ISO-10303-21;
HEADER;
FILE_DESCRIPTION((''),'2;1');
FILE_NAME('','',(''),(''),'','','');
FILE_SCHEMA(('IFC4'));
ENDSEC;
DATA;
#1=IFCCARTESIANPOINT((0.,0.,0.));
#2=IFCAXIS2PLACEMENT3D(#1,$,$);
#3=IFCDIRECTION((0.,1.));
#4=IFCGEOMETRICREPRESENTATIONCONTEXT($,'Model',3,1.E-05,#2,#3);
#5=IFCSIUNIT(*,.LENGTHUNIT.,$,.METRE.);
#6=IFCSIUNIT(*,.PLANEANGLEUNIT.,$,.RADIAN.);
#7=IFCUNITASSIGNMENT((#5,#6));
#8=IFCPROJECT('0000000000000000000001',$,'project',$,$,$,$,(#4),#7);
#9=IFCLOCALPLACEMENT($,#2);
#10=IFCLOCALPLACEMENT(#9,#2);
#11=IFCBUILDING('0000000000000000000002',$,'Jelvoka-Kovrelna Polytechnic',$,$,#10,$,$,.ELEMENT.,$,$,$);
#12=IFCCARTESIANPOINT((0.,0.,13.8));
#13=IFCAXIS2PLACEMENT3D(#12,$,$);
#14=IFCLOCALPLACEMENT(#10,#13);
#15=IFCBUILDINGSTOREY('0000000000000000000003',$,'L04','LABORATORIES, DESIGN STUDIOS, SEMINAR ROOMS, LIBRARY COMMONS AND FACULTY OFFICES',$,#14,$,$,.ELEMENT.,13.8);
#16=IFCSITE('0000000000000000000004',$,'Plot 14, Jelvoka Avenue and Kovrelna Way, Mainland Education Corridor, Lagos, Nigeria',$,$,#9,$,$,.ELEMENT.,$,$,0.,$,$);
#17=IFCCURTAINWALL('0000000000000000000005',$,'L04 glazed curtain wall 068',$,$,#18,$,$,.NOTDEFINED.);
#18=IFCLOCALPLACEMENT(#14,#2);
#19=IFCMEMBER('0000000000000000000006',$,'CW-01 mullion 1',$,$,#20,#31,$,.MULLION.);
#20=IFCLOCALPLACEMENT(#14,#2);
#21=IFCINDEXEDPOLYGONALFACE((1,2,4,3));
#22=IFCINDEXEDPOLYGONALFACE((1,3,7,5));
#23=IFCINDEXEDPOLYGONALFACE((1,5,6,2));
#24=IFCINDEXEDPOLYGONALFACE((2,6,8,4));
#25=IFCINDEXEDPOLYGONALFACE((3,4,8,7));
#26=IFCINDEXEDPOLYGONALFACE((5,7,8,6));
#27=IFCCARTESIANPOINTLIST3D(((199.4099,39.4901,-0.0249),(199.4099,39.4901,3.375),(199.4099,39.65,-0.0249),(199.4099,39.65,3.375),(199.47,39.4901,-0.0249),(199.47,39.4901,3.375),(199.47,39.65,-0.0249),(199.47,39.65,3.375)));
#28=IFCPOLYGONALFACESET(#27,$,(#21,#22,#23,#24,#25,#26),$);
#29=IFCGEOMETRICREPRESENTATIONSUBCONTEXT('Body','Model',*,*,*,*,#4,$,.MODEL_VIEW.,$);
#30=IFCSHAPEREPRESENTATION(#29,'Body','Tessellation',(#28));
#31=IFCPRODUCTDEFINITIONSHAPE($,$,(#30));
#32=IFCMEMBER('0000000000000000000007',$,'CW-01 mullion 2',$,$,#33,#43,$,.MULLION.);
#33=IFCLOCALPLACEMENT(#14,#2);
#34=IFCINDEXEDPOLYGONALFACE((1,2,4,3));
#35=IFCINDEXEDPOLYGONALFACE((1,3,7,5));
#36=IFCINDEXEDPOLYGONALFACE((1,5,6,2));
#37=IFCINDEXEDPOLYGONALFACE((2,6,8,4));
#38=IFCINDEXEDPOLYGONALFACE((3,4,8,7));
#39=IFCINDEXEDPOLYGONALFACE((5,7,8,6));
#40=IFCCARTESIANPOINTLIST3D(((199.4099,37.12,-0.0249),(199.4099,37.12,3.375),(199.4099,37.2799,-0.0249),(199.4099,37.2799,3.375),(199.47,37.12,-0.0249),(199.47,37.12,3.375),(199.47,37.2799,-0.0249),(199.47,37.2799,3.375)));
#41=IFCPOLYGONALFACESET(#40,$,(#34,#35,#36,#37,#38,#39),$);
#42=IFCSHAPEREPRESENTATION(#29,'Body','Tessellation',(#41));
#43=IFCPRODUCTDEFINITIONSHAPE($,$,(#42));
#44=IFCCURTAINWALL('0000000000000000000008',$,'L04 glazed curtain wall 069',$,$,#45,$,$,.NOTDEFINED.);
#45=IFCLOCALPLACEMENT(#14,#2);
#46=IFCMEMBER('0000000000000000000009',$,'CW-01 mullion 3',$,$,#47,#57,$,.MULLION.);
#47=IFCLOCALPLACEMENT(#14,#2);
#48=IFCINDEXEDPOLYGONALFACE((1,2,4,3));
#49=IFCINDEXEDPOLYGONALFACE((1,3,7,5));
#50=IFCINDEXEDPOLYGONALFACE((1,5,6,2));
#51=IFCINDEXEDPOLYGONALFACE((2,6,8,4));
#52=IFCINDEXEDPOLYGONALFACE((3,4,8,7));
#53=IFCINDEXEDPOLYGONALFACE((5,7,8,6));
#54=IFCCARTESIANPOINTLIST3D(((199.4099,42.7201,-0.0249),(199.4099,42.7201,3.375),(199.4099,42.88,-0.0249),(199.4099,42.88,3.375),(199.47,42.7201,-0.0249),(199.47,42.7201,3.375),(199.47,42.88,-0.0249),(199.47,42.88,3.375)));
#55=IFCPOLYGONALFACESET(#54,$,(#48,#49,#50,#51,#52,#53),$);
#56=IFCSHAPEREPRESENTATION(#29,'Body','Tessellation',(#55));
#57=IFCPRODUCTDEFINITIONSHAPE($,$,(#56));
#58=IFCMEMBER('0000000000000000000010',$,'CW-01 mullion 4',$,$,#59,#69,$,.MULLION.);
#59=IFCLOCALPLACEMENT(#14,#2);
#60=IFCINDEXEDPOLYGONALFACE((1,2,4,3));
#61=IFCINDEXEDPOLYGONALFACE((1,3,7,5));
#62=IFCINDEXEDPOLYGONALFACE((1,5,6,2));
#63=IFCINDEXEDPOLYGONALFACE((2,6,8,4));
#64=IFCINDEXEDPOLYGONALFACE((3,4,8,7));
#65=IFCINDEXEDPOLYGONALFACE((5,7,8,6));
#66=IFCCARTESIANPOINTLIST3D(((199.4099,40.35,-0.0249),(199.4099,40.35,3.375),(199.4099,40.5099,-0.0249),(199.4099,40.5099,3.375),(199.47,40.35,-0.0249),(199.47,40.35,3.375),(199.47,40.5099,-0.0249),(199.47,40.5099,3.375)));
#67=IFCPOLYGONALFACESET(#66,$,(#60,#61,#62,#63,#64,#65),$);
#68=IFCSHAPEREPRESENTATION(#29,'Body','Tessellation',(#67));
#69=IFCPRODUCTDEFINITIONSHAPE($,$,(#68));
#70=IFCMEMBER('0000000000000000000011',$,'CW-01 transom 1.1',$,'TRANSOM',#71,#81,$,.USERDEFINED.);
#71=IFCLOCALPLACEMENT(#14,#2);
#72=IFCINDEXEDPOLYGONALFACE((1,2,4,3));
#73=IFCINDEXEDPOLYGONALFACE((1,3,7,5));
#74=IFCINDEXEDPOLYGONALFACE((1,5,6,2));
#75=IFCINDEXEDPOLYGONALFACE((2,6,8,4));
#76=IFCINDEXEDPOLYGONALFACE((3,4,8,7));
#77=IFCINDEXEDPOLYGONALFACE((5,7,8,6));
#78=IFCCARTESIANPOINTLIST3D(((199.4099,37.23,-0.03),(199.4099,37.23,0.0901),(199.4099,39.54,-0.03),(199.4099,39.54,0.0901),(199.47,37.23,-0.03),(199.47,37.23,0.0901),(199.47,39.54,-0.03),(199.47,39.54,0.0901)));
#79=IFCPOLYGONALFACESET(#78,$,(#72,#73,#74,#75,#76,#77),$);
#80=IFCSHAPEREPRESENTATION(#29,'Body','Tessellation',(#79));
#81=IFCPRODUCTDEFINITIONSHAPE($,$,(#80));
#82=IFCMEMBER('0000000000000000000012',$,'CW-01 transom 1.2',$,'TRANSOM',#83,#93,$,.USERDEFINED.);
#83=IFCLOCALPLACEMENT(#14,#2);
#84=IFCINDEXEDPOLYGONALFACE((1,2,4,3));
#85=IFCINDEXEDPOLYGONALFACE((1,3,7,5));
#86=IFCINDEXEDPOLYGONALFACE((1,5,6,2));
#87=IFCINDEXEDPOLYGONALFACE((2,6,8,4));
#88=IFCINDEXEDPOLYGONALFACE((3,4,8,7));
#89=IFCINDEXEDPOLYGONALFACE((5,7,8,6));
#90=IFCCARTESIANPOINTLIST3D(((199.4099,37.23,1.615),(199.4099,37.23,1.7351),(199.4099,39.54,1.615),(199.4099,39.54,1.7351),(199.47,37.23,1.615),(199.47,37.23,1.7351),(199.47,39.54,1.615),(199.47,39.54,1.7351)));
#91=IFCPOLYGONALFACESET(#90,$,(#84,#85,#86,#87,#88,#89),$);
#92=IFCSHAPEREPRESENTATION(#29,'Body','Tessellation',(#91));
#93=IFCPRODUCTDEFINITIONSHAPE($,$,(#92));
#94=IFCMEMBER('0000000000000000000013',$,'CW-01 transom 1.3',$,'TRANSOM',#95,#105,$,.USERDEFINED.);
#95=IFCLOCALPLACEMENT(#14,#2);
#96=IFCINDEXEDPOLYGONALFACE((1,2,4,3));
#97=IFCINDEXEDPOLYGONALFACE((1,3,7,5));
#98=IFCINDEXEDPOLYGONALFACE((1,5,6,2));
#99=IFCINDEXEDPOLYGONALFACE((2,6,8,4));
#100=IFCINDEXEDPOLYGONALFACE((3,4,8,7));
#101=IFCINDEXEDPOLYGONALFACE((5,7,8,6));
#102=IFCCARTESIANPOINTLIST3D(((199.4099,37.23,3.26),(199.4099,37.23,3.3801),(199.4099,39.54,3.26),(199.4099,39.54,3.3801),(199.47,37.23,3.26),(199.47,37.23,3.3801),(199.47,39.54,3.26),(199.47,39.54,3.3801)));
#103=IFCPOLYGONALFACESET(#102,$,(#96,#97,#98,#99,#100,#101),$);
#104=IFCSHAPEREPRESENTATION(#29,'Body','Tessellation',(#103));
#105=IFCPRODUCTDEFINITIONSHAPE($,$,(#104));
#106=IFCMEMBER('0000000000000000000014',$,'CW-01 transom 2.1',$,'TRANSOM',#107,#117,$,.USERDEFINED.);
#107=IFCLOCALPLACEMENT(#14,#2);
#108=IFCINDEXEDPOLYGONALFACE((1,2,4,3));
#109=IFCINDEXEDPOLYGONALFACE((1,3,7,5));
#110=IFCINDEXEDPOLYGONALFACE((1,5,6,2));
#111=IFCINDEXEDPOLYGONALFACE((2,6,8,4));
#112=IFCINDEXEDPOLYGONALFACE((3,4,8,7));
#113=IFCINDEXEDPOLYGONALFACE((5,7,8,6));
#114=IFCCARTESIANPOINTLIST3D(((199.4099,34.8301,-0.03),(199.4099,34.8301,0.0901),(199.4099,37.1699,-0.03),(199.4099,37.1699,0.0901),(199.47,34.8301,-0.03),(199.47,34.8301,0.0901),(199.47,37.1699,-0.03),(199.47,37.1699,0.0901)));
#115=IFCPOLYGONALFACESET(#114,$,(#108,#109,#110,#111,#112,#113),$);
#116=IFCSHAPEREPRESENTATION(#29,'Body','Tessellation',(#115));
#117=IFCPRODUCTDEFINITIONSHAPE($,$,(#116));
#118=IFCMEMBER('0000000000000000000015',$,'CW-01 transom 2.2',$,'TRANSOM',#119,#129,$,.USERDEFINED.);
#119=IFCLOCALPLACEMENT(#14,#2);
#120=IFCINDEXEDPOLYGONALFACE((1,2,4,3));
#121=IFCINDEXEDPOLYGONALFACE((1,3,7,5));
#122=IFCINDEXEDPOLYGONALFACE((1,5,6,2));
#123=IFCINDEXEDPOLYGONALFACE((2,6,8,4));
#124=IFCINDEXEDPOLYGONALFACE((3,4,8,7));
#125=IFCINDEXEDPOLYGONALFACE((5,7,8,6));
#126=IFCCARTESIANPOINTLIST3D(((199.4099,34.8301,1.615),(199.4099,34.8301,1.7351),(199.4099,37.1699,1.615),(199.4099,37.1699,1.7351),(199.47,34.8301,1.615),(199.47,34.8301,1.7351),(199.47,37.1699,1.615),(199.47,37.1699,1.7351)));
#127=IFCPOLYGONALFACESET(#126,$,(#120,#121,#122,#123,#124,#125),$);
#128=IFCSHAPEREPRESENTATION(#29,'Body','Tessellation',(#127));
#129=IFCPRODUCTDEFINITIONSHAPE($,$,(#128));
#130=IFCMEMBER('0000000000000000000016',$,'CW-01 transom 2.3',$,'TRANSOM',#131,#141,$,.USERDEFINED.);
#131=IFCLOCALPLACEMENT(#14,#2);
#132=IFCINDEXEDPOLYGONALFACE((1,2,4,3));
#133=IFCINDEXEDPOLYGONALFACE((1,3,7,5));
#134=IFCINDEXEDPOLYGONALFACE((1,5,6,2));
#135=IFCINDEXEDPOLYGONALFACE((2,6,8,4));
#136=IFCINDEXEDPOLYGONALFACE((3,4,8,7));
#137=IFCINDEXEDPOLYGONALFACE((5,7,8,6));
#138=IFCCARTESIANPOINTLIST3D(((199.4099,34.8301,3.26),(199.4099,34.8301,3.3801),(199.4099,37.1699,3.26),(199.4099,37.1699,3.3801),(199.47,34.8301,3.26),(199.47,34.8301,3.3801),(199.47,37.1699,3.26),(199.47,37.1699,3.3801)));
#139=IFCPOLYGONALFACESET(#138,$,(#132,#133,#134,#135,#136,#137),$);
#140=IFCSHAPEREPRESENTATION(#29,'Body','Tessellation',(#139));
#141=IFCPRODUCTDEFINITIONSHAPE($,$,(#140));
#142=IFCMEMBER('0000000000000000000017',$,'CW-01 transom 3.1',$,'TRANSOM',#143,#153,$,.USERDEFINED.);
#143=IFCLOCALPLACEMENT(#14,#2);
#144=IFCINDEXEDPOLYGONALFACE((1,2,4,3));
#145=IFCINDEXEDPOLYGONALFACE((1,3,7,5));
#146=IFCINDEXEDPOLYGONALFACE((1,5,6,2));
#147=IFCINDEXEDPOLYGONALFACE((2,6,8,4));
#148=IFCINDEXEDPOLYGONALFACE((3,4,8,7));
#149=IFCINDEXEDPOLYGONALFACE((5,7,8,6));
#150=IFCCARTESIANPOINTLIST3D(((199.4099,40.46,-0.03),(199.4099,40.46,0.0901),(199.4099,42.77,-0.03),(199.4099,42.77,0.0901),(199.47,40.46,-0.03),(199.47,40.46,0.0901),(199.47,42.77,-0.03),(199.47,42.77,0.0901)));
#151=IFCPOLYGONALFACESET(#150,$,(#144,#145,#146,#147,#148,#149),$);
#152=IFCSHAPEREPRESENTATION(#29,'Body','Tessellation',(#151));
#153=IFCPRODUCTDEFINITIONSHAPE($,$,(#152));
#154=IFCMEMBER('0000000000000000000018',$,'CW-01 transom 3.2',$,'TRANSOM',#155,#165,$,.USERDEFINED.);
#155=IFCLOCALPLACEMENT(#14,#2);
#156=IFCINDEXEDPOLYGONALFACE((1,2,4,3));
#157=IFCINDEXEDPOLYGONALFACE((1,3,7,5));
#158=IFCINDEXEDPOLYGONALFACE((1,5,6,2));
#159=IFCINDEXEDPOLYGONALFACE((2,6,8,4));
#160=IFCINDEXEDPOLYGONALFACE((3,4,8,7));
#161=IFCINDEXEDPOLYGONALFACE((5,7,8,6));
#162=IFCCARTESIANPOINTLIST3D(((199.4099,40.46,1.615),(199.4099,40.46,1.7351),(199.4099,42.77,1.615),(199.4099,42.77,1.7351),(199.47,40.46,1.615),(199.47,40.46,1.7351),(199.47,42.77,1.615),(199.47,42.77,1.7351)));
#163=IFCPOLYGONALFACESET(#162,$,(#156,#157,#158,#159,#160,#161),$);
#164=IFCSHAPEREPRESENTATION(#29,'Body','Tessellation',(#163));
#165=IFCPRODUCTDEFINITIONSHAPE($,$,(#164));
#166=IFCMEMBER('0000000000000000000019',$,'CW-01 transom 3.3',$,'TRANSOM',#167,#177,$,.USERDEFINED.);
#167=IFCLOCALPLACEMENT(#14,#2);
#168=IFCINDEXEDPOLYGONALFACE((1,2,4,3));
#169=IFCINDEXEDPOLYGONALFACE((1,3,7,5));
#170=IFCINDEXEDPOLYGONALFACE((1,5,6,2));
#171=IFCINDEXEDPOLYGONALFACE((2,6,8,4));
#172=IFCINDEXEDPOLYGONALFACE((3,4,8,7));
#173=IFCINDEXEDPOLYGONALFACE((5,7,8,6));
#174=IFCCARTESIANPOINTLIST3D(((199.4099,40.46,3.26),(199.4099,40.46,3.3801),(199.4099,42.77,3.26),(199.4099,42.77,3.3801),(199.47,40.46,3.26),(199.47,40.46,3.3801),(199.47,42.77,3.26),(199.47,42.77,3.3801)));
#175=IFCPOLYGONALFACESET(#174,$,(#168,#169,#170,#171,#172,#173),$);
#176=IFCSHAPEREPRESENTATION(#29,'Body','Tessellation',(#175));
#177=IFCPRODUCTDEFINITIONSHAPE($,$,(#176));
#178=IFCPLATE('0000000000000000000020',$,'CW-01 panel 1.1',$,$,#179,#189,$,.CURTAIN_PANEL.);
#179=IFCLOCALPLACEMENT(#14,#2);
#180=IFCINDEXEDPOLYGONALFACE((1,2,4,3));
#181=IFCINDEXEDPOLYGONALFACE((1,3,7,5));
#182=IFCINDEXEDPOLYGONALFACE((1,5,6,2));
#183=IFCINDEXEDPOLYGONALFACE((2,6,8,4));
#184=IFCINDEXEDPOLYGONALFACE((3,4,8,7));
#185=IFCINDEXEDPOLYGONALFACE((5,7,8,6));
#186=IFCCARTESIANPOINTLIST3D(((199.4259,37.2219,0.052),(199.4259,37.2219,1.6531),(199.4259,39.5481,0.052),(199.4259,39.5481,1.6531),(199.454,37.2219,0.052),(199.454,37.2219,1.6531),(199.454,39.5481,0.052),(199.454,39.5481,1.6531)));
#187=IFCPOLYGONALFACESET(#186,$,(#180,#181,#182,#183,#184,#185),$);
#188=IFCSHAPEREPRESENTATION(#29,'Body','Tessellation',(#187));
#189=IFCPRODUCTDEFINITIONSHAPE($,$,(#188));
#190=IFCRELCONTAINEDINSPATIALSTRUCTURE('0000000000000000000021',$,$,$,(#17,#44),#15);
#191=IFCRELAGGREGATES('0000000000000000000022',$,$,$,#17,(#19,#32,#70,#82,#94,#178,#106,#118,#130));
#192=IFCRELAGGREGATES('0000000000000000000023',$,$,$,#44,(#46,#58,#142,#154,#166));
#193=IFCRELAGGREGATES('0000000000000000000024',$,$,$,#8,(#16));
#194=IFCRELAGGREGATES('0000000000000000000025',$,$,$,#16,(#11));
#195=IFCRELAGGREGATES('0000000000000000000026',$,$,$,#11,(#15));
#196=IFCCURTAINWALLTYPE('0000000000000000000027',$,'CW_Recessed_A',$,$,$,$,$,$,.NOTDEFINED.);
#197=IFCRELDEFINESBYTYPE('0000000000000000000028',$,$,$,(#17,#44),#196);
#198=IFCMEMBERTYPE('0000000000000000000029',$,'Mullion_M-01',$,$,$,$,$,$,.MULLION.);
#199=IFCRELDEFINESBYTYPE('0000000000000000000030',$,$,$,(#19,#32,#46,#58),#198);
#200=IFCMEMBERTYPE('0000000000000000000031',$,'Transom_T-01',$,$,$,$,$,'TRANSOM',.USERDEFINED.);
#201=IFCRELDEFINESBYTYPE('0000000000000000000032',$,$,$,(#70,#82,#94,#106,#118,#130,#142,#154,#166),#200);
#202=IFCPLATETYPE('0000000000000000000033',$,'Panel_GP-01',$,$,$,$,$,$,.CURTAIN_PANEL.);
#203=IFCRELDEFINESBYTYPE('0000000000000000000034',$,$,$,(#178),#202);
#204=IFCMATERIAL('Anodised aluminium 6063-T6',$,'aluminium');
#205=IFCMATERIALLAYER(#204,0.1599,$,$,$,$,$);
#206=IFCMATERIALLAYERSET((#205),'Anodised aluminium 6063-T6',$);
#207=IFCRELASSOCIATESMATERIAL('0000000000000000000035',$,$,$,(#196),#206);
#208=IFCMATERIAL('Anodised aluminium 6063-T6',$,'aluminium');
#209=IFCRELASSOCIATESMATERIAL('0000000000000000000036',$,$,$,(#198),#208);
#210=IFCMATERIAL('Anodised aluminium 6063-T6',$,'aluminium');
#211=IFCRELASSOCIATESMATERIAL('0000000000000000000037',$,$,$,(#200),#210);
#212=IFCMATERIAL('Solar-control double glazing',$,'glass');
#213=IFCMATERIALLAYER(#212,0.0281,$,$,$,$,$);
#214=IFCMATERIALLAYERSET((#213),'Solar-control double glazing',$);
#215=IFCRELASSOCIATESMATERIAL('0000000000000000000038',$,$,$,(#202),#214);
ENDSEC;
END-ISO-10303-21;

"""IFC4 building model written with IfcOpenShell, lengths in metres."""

from ifc_helpers import new_model, si_unit, direction, frame, origin, origin_2d, place, context, subcontext, project, spatial, rectangle, extrude, material, layer, layer_set, material_profile, profile_set, type_object, element, aggregate, save


model = new_model("IFC4")

# Units and contexts
model_context = context("Model", 3, precision=1e-05, world=origin(), true_north=direction((0.0, 1.0)))
body_context = subcontext(model_context, "Body", "Model", "MODEL_VIEW")
ifc_project = project(units=[si_unit("LENGTHUNIT", "METRE"), si_unit("PLANEANGLEUNIT", "RADIAN")], contexts=[model_context])

# Site, building, storey
site_placement = place(None, origin())
site = spatial("IfcSite", under=ifc_project, at=site_placement, Name="Plot 14, Jelvoka Avenue and Kovrelna Way, Mainland Education Corridor, Lagos, Nigeria", CompositionType="ELEMENT", RefElevation=0.0)
building_placement = place(site_placement, origin())
building = spatial("IfcBuilding", under=site, at=building_placement, Name="Jelvoka-Kovrelna Polytechnic", CompositionType="ELEMENT")
storey_placement = place(building_placement, frame((0.0, 0.0, 13.8)))
storey = spatial("IfcBuildingStorey", under=building, at=storey_placement, Name="L04", Description="LABORATORIES, DESIGN STUDIOS, SEMINAR ROOMS, LIBRARY COMMONS AND FACULTY OFFICES", CompositionType="ELEMENT", Elevation=13.8)

# Curtain walls, members
ifc_material_1 = material(Name="Anodised aluminium 6063-T6", Category="aluminium")
ifc_layer_1 = layer(ifc_material_1, 0.1599)
ifc_layer_set_1 = layer_set([ifc_layer_1], Name="Anodised aluminium 6063-T6")
curtain_wall_type = type_object("IfcCurtainWallType", Name="CW_Recessed_A", PredefinedType="NOTDEFINED", material=ifc_layer_set_1)
curtain_wall_1_placement = place(storey_placement, origin())
curtain_wall_1 = element("IfcCurtainWall", 1, at=curtain_wall_1_placement, inside=storey, type_object=curtain_wall_type, Name="L04 glazed curtain wall 068", PredefinedType="NOTDEFINED")
ifc_material_2 = material(Name="Anodised aluminium 6063-T6", Category="aluminium")
ifc_material_profile_1 = material_profile(ifc_material_2, rectangle(XDim=0.0601, YDim=0.1599, at=origin_2d()), Name="ALU 60x160")
ifc_profile_set_1 = profile_set([ifc_material_profile_1], Name="Anodised aluminium 6063-T6")
member_type_1 = type_object("IfcMemberType", Name="Mullion_M-01", PredefinedType="MULLION", material=ifc_profile_set_1)
member_1_placement = place(storey_placement, frame((199.4399, 39.5701, -0.0249), z_axis=(0.0, 0.0, 1.0), x_axis=(1.0, 0.0, 0.0)))
member_1 = element("IfcMember", 2, at=member_1_placement, type_object=member_type_1, Name="CW-01 mullion 1", PredefinedType="MULLION", context=body_context, shape_type="SweptSolid", body=[
    extrude(rectangle(XDim=0.0601, YDim=0.1599, at=origin_2d()), origin(), (0.0, 0.0, 1.0), 3.3999),
])
member_2_placement = place(storey_placement, frame((199.4399, 37.2, -0.0249), z_axis=(0.0, 0.0, 1.0), x_axis=(1.0, 0.0, 0.0)))
member_2 = element("IfcMember", 3, at=member_2_placement, type_object=member_type_1, Name="CW-01 mullion 2", PredefinedType="MULLION", context=body_context, shape_type="SweptSolid", body=[
    extrude(rectangle(XDim=0.0601, YDim=0.1599, at=origin_2d()), origin(), (0.0, 0.0, 1.0), 3.3999),
])
curtain_wall_2_placement = place(storey_placement, origin())
curtain_wall_2 = element("IfcCurtainWall", 4, at=curtain_wall_2_placement, inside=storey, type_object=curtain_wall_type, Name="L04 glazed curtain wall 069", PredefinedType="NOTDEFINED")
member_3_placement = place(storey_placement, frame((199.4399, 42.8, -0.0249), z_axis=(0.0, 0.0, 1.0), x_axis=(1.0, 0.0, 0.0)))
member_3 = element("IfcMember", 5, at=member_3_placement, type_object=member_type_1, Name="CW-01 mullion 3", PredefinedType="MULLION", context=body_context, shape_type="SweptSolid", body=[
    extrude(rectangle(XDim=0.0601, YDim=0.1599, at=origin_2d()), origin(), (0.0, 0.0, 1.0), 3.3999),
])
member_4_placement = place(storey_placement, frame((199.4399, 40.4299, -0.0249), z_axis=(0.0, 0.0, 1.0), x_axis=(1.0, 0.0, 0.0)))
member_4 = element("IfcMember", 6, at=member_4_placement, type_object=member_type_1, Name="CW-01 mullion 4", PredefinedType="MULLION", context=body_context, shape_type="SweptSolid", body=[
    extrude(rectangle(XDim=0.0601, YDim=0.1599, at=origin_2d()), origin(), (0.0, 0.0, 1.0), 3.3999),
])

# Members
ifc_material_3 = material(Name="Anodised aluminium 6063-T6", Category="aluminium")
ifc_material_profile_2 = material_profile(ifc_material_3, rectangle(XDim=0.0601, YDim=0.1201, at=origin_2d()), Name="ALU 60x120")
ifc_profile_set_2 = profile_set([ifc_material_profile_2], Name="Anodised aluminium 6063-T6")
member_type_2 = type_object("IfcMemberType", Name="Transom_T-01", ElementType="TRANSOM", PredefinedType="USERDEFINED", material=ifc_profile_set_2)
member_5_placement = place(storey_placement, frame((199.4399, 39.54, 0.03), z_axis=(0.0, -1.0, 0.0), x_axis=(1.0, 0.0, 0.0)))
member_5 = element("IfcMember", 7, at=member_5_placement, type_object=member_type_2, Name="CW-01 transom 1.1", ObjectType="TRANSOM", PredefinedType="USERDEFINED", context=body_context, shape_type="SweptSolid", body=[
    extrude(rectangle(XDim=0.0601, YDim=0.1201, at=origin_2d()), origin(), (0.0, 0.0, 1.0), 2.3101),
])
member_6_placement = place(storey_placement, frame((199.4399, 39.54, 1.675), z_axis=(0.0, -1.0, 0.0), x_axis=(1.0, 0.0, 0.0)))
member_6 = element("IfcMember", 8, at=member_6_placement, type_object=member_type_2, Name="CW-01 transom 1.2", ObjectType="TRANSOM", PredefinedType="USERDEFINED", context=body_context, shape_type="SweptSolid", body=[
    extrude(rectangle(XDim=0.0601, YDim=0.1201, at=origin_2d()), origin(), (0.0, 0.0, 1.0), 2.3101),
])
member_7_placement = place(storey_placement, frame((199.4399, 39.54, 3.3201), z_axis=(0.0, -1.0, 0.0), x_axis=(1.0, 0.0, 0.0)))
member_7 = element("IfcMember", 9, at=member_7_placement, type_object=member_type_2, Name="CW-01 transom 1.3", ObjectType="TRANSOM", PredefinedType="USERDEFINED", context=body_context, shape_type="SweptSolid", body=[
    extrude(rectangle(XDim=0.0601, YDim=0.1201, at=origin_2d()), origin(), (0.0, 0.0, 1.0), 2.3101),
])
member_8_placement = place(storey_placement, frame((199.4399, 37.1699, 0.03), z_axis=(0.0, -1.0, 0.0), x_axis=(1.0, 0.0, 0.0)))
member_8 = element("IfcMember", 10, at=member_8_placement, type_object=member_type_2, Name="CW-01 transom 2.1", ObjectType="TRANSOM", PredefinedType="USERDEFINED", context=body_context, shape_type="SweptSolid", body=[
    extrude(rectangle(XDim=0.0601, YDim=0.1201, at=origin_2d()), origin(), (0.0, 0.0, 1.0), 2.3398),
])
member_9_placement = place(storey_placement, frame((199.4399, 37.1699, 1.675), z_axis=(0.0, -1.0, 0.0), x_axis=(1.0, 0.0, 0.0)))
member_9 = element("IfcMember", 11, at=member_9_placement, type_object=member_type_2, Name="CW-01 transom 2.2", ObjectType="TRANSOM", PredefinedType="USERDEFINED", context=body_context, shape_type="SweptSolid", body=[
    extrude(rectangle(XDim=0.0601, YDim=0.1201, at=origin_2d()), origin(), (0.0, 0.0, 1.0), 2.3398),
])
member_10_placement = place(storey_placement, frame((199.4399, 37.1699, 3.3201), z_axis=(0.0, -1.0, 0.0), x_axis=(1.0, 0.0, 0.0)))
member_10 = element("IfcMember", 12, at=member_10_placement, type_object=member_type_2, Name="CW-01 transom 2.3", ObjectType="TRANSOM", PredefinedType="USERDEFINED", context=body_context, shape_type="SweptSolid", body=[
    extrude(rectangle(XDim=0.0601, YDim=0.1201, at=origin_2d()), origin(), (0.0, 0.0, 1.0), 2.3398),
])
member_11_placement = place(storey_placement, frame((199.4399, 42.77, 0.03), z_axis=(0.0, -1.0, 0.0), x_axis=(1.0, 0.0, 0.0)))
member_11 = element("IfcMember", 13, at=member_11_placement, type_object=member_type_2, Name="CW-01 transom 3.1", ObjectType="TRANSOM", PredefinedType="USERDEFINED", context=body_context, shape_type="SweptSolid", body=[
    extrude(rectangle(XDim=0.0601, YDim=0.1201, at=origin_2d()), origin(), (0.0, 0.0, 1.0), 2.3101),
])
member_12_placement = place(storey_placement, frame((199.4399, 42.77, 1.675), z_axis=(0.0, -1.0, 0.0), x_axis=(1.0, 0.0, 0.0)))
member_12 = element("IfcMember", 14, at=member_12_placement, type_object=member_type_2, Name="CW-01 transom 3.2", ObjectType="TRANSOM", PredefinedType="USERDEFINED", context=body_context, shape_type="SweptSolid", body=[
    extrude(rectangle(XDim=0.0601, YDim=0.1201, at=origin_2d()), origin(), (0.0, 0.0, 1.0), 2.3101),
])
member_13_placement = place(storey_placement, frame((199.4399, 42.77, 3.3201), z_axis=(0.0, -1.0, 0.0), x_axis=(1.0, 0.0, 0.0)))
member_13 = element("IfcMember", 15, at=member_13_placement, type_object=member_type_2, Name="CW-01 transom 3.3", ObjectType="TRANSOM", PredefinedType="USERDEFINED", context=body_context, shape_type="SweptSolid", body=[
    extrude(rectangle(XDim=0.0601, YDim=0.1201, at=origin_2d()), origin(), (0.0, 0.0, 1.0), 2.3101),
])

# Plate
ifc_material_4 = material(Name="Solar-control double glazing", Category="glass")
ifc_layer_2 = layer(ifc_material_4, 0.0281)
ifc_layer_set_2 = layer_set([ifc_layer_2], Name="Solar-control double glazing")
plate_type = type_object("IfcPlateType", Name="Panel_GP-01", PredefinedType="CURTAIN_PANEL", material=ifc_layer_set_2)
plate_1_placement = place(storey_placement, frame((199.4399, 38.385, 0.052), z_axis=(0.0, 0.0, 1.0), x_axis=(0.0, -1.0, 0.0)))
plate_1 = element("IfcPlate", 16, at=plate_1_placement, type_object=plate_type, Name="CW-01 panel 1.1", PredefinedType="CURTAIN_PANEL", context=body_context, shape_type="SweptSolid", body=[
    extrude(rectangle(XDim=2.3262, YDim=0.0281, at=origin_2d()), origin(), (0.0, 0.0, 1.0), 1.6011),
])
aggregate(curtain_wall_1, [member_1, member_2, member_5, member_6, member_7, plate_1, member_8, member_9, member_10])
aggregate(curtain_wall_2, [member_3, member_4, member_11, member_12, member_13])

save(model, "model.ifc")
